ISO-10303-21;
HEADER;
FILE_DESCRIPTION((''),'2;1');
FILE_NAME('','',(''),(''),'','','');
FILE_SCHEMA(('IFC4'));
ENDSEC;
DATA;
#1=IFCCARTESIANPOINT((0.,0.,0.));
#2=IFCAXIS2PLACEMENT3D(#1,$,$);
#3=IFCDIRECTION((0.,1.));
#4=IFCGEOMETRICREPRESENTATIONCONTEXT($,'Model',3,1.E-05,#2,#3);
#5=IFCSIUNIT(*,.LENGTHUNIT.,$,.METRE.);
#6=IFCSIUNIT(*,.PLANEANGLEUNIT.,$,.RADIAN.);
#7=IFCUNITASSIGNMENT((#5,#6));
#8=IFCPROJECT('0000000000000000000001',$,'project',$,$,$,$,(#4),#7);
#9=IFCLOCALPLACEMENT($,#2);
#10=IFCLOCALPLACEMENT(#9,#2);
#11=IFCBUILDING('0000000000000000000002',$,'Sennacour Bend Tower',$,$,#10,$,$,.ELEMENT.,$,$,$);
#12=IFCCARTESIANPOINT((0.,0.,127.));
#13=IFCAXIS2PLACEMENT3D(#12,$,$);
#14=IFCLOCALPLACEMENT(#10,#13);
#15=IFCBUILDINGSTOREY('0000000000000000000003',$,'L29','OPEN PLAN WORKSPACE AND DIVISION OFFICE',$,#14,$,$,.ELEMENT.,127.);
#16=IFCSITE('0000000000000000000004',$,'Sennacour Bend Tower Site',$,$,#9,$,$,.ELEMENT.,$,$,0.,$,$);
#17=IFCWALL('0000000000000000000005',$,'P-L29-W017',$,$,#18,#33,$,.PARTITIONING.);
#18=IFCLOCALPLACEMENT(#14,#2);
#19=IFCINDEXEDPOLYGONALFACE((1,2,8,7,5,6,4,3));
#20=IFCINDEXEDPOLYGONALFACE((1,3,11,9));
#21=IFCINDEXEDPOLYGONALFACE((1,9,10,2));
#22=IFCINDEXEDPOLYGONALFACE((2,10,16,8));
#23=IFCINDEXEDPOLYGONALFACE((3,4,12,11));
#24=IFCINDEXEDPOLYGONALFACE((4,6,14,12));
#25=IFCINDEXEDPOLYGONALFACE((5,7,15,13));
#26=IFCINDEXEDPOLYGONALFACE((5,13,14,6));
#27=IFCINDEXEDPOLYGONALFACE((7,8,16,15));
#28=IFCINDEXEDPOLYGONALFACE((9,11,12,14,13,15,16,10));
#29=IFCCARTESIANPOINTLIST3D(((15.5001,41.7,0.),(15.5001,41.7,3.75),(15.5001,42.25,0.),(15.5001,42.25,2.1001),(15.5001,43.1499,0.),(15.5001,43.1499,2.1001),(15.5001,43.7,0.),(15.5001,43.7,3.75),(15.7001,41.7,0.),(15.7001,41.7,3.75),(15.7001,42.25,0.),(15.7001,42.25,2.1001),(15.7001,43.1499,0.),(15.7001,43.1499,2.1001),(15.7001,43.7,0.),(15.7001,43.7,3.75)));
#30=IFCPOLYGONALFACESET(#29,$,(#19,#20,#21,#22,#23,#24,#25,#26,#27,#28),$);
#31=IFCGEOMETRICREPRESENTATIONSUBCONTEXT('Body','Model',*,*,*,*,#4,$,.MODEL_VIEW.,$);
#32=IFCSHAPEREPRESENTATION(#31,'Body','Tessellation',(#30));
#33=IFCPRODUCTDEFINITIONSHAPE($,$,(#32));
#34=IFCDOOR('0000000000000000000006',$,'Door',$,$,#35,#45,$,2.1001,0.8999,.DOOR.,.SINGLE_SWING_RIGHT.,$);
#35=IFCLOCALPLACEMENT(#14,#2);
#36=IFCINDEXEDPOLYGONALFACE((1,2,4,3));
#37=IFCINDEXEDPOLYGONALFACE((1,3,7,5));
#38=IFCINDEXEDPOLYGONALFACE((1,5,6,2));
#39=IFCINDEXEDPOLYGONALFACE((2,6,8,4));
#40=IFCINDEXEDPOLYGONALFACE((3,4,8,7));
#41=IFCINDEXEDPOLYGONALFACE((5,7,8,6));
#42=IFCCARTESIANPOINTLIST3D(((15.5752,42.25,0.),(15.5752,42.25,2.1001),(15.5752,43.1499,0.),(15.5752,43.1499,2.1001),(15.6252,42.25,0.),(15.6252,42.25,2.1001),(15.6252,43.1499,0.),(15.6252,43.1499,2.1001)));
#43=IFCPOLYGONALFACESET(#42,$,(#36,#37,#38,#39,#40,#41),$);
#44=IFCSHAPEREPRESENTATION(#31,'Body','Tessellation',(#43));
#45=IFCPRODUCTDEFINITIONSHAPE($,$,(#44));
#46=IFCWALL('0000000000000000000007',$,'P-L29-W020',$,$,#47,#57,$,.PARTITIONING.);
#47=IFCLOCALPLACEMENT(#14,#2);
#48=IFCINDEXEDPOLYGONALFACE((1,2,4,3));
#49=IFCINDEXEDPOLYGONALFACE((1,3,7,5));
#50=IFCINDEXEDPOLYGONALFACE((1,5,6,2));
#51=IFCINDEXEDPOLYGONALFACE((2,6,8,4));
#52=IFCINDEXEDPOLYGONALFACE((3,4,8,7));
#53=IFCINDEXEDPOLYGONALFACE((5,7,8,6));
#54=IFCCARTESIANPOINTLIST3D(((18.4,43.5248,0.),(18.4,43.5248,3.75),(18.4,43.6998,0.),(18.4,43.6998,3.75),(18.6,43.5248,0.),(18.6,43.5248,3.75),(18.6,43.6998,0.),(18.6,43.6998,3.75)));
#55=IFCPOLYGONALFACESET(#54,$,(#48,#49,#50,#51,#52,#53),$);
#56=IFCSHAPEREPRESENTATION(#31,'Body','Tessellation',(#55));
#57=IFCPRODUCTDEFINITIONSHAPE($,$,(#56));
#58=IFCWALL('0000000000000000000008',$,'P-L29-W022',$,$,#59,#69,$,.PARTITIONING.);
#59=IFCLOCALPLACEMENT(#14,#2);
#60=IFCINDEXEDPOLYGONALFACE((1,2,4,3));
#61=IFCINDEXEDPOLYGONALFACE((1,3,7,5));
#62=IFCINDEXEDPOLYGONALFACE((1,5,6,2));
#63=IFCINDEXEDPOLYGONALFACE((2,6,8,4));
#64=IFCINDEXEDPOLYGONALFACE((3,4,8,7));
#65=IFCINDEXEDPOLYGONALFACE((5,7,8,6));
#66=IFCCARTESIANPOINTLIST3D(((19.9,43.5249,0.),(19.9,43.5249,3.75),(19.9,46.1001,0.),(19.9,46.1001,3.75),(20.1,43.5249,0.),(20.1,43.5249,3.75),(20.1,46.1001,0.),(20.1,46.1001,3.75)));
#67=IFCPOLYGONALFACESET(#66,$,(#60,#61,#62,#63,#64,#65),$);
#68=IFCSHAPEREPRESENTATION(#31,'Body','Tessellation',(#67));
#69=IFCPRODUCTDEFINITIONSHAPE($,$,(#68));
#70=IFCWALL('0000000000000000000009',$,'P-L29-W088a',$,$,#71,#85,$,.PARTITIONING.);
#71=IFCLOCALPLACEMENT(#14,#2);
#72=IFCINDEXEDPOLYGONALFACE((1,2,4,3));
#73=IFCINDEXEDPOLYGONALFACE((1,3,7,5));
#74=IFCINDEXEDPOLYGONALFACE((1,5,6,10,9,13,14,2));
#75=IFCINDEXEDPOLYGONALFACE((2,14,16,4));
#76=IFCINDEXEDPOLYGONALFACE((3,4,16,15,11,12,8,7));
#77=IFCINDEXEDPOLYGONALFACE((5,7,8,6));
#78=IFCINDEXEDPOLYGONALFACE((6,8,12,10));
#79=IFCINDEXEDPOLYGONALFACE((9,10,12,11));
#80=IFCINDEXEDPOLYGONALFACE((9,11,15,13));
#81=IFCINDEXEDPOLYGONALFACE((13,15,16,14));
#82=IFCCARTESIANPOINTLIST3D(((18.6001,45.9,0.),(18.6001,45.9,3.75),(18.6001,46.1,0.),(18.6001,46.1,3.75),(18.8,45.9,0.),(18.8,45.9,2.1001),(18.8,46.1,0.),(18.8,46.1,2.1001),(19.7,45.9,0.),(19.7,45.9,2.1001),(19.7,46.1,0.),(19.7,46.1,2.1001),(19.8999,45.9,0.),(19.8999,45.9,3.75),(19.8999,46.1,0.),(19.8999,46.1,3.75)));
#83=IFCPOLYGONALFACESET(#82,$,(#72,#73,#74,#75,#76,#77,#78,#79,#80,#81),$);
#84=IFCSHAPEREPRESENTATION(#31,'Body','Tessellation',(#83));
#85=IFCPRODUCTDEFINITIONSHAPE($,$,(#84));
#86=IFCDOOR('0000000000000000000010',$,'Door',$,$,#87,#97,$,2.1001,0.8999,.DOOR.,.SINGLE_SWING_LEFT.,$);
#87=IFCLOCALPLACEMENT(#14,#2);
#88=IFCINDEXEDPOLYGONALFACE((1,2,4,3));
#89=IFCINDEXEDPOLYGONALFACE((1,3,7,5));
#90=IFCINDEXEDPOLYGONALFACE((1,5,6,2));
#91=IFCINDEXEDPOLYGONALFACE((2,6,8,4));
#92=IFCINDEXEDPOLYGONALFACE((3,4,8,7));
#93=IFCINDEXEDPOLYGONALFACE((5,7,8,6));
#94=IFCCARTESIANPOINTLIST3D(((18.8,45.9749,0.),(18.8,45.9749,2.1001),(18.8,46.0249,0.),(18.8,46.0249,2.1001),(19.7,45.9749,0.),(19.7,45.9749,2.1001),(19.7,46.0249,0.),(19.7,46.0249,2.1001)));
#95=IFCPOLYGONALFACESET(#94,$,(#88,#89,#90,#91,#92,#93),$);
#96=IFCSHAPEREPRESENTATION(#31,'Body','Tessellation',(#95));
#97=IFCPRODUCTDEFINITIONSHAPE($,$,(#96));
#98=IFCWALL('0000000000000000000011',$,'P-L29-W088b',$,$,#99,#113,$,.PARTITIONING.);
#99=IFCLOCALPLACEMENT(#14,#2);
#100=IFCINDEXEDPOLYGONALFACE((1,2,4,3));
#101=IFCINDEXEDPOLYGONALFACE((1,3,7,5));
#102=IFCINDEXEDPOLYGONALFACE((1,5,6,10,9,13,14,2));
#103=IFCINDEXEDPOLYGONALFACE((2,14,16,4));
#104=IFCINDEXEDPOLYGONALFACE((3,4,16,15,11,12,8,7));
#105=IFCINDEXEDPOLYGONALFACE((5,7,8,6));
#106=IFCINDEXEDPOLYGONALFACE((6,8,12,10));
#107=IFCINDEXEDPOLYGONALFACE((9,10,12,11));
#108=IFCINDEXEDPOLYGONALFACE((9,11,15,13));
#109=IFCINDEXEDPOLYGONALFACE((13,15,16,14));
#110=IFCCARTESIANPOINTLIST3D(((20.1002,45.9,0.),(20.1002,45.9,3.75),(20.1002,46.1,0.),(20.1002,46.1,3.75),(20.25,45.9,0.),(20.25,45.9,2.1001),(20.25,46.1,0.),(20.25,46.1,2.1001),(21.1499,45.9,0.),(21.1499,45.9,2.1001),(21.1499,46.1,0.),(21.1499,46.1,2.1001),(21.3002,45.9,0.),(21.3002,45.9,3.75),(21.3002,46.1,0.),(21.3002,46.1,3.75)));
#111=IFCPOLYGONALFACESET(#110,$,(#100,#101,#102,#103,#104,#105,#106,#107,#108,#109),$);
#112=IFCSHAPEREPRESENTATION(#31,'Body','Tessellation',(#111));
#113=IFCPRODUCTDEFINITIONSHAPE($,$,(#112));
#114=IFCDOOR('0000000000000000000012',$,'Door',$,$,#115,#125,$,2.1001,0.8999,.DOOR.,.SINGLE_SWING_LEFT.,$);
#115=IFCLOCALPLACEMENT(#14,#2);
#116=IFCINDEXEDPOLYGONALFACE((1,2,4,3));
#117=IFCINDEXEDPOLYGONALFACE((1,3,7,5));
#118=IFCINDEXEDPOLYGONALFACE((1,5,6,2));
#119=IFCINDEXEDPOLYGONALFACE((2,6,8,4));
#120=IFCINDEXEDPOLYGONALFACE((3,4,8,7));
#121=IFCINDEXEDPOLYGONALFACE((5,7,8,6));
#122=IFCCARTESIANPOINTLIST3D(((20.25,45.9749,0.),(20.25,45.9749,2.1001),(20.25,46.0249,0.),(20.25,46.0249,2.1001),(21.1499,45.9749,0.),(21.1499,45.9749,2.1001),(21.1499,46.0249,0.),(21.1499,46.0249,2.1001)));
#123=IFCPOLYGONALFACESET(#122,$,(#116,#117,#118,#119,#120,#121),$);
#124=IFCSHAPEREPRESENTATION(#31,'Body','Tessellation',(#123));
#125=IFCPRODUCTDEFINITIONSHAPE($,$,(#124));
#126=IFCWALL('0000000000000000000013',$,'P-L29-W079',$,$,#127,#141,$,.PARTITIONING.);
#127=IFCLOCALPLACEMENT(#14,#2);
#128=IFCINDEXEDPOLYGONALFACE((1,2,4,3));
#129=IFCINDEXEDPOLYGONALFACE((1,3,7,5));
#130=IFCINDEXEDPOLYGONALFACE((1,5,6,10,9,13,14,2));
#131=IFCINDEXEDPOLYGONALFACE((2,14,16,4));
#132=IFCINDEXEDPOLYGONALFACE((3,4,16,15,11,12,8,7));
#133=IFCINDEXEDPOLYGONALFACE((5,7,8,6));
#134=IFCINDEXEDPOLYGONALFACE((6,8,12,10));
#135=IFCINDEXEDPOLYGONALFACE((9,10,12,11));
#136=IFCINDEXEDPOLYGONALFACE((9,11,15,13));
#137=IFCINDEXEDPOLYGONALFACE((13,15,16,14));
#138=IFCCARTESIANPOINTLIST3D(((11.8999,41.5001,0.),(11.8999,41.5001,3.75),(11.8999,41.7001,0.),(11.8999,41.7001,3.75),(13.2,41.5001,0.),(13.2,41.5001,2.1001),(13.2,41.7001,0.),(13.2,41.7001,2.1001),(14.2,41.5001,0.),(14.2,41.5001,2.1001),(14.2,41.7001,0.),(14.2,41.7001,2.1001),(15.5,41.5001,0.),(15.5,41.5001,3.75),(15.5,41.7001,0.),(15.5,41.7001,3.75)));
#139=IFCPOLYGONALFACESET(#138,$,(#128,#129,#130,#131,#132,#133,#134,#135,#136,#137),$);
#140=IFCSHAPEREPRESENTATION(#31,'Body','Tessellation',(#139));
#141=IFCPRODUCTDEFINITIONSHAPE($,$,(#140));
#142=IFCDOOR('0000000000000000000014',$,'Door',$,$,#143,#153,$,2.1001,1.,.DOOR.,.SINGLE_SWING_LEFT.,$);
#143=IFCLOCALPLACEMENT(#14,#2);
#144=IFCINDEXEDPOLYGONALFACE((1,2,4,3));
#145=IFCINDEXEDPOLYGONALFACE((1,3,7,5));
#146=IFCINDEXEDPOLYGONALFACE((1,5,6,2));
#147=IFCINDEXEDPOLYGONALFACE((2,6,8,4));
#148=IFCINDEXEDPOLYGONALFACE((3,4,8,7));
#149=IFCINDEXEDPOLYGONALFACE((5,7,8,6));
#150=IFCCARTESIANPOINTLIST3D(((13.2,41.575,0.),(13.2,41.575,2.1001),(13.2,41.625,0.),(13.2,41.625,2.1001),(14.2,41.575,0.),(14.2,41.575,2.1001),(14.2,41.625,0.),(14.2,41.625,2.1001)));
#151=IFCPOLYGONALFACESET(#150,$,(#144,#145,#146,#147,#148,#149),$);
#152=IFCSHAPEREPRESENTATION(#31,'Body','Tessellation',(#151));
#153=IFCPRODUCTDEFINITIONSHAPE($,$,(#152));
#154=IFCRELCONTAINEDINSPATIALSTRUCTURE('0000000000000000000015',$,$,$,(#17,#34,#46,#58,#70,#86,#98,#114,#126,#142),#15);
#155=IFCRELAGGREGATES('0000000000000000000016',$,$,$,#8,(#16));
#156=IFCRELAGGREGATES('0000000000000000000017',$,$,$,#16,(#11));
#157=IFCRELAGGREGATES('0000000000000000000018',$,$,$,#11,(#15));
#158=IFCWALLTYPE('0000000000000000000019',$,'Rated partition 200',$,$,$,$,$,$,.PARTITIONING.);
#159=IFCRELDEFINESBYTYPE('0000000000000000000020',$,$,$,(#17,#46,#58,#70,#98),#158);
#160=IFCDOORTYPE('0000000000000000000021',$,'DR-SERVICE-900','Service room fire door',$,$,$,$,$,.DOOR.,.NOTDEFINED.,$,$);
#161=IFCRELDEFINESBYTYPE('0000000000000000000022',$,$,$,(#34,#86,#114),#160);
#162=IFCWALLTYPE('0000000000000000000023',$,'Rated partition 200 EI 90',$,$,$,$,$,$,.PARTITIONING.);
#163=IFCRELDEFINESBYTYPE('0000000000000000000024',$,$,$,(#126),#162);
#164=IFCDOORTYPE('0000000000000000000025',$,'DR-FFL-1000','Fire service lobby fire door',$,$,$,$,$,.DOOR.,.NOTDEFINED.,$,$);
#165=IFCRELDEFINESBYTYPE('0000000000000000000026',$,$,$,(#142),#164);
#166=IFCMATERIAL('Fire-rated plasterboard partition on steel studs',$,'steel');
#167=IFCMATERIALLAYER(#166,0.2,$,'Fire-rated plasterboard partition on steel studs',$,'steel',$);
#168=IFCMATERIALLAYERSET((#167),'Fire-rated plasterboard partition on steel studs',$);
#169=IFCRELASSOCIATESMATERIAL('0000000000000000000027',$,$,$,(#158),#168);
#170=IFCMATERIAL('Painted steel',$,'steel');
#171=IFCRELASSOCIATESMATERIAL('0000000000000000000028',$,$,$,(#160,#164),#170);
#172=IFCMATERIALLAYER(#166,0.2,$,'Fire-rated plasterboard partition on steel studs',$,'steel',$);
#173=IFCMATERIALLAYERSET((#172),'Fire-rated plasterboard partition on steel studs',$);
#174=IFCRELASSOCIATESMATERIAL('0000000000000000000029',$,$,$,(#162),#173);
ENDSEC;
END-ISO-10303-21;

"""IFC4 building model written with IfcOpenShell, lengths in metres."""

from ifc_helpers import new_model, si_unit, direction, frame, frame_2d, origin, place, context, subcontext, project, spatial, rectangle, extrude, material, layer, layer_set, type_object, element, fill, save


model = new_model("IFC4")

# Units and contexts
model_context = context("Model", 3, precision=1e-05, world=origin(), true_north=direction((0.0, 1.0)))
body_context = subcontext(model_context, "Body", "Model", "MODEL_VIEW")
ifc_project = project(units=[si_unit("LENGTHUNIT", "METRE"), si_unit("PLANEANGLEUNIT", "RADIAN")], contexts=[model_context])

# Site, building, storey
site_placement = place(None, origin())
site = spatial("IfcSite", under=ifc_project, at=site_placement, Name="Sennacour Bend Tower Site", CompositionType="ELEMENT", RefElevation=0.0)
building_placement = place(site_placement, origin())
building = spatial("IfcBuilding", under=site, at=building_placement, Name="Sennacour Bend Tower", CompositionType="ELEMENT")
storey_placement = place(building_placement, frame((0.0, 0.0, 127.0)))
storey = spatial("IfcBuildingStorey", under=building, at=storey_placement, Name="L29", Description="OPEN PLAN WORKSPACE AND DIVISION OFFICE", CompositionType="ELEMENT", Elevation=127.0)

# Wall, opening, door
ifc_material_1 = material(Name="Fire-rated plasterboard partition on steel studs", Category="steel")
ifc_layer_1 = layer(ifc_material_1, 0.2, Name="Fire-rated plasterboard partition on steel studs", Category="steel")
ifc_layer_set_1 = layer_set([ifc_layer_1], Name="Fire-rated plasterboard partition on steel studs")
wall_type_1 = type_object("IfcWallType", Name="Rated partition 200", PredefinedType="PARTITIONING", material=ifc_layer_set_1)
wall_1_placement = place(storey_placement, frame((15.6001, 41.7, 0.0), z_axis=(0.0, 0.0, 1.0), x_axis=(0.0, 1.0, 0.0)))
wall_1 = element("IfcWall", 1, at=wall_1_placement, inside=storey, type_object=wall_type_1, Name="P-L29-W017", PredefinedType="PARTITIONING", context=body_context, shape_type="SweptSolid", body=[
    extrude(rectangle(XDim=2.0, YDim=0.2, at=frame_2d((1.0, 0.0))), origin(), (0.0, 0.0, 1.0), 3.75),
])
opening_1_placement = place(wall_1_placement, frame((0.55, 0.0, 0.0)))
opening_1 = element("IfcOpeningElement", 2, at=opening_1_placement, cuts=wall_1, PredefinedType="OPENING", context=body_context, shape_type="SweptSolid", body=[
    extrude(rectangle(XDim=0.8999, YDim=2.1001, at=frame_2d((0.45, 1.05))), frame((0.0, 0.1099, 0.0), z_axis=(0.0, -1.0, 0.0), x_axis=(1.0, 0.0, 0.0)), (0.0, 0.0, 1.0), 0.22),
])
ifc_material_2 = material(Name="Painted steel", Category="steel")
door_type_1 = type_object("IfcDoorType", Name="DR-SERVICE-900", Description="Service room fire door", OperationType="NOTDEFINED", PredefinedType="DOOR", material=ifc_material_2)
door_1_placement = place(opening_1_placement, origin())
door_1 = element("IfcDoor", 3, at=door_1_placement, inside=storey, type_object=door_type_1, Name="Door", OperationType="SINGLE_SWING_RIGHT", OverallHeight=2.1001, OverallWidth=0.8999, PredefinedType="DOOR", context=body_context, shape_type="SweptSolid", body=[
    extrude(rectangle(XDim=0.8999, YDim=2.1001, at=frame_2d((0.45, 1.05))), frame((0.0, 0.0249, 0.0), z_axis=(0.0, -1.0, 0.0), x_axis=(1.0, 0.0, 0.0)), (0.0, 0.0, 1.0), 0.05),
])
fill(opening_1, door_1)

# Walls
wall_2_placement = place(storey_placement, frame((18.5, 43.5249, 0.0), z_axis=(0.0, 0.0, 1.0), x_axis=(0.0, 1.0, 0.0)))
element("IfcWall", 4, at=wall_2_placement, inside=storey, type_object=wall_type_1, Name="P-L29-W020", PredefinedType="PARTITIONING", context=body_context, shape_type="SweptSolid", body=[
    extrude(rectangle(XDim=0.175, YDim=0.2, at=frame_2d((0.0874, 0.0))), origin(), (0.0, 0.0, 1.0), 3.75),
])
wall_3_placement = place(storey_placement, frame((20.0, 43.5249, 0.0), z_axis=(0.0, 0.0, 1.0), x_axis=(0.0, 1.0, 0.0)))
element("IfcWall", 5, at=wall_3_placement, inside=storey, type_object=wall_type_1, Name="P-L29-W022", PredefinedType="PARTITIONING", context=body_context, shape_type="SweptSolid", body=[
    extrude(rectangle(XDim=2.5752, YDim=0.2, at=frame_2d((1.2876, 0.0))), origin(), (0.0, 0.0, 1.0), 3.75),
])

# Walls, openings, doors
wall_4_placement = place(storey_placement, frame((18.6001, 46.0, 0.0), z_axis=(0.0, 0.0, 1.0), x_axis=(1.0, 0.0, 0.0)))
wall_4 = element("IfcWall", 6, at=wall_4_placement, inside=storey, type_object=wall_type_1, Name="P-L29-W088a", PredefinedType="PARTITIONING", context=body_context, shape_type="SweptSolid", body=[
    extrude(rectangle(XDim=1.2998, YDim=0.2, at=frame_2d((0.6499, 0.0))), origin(), (0.0, 0.0, 1.0), 3.75),
])
opening_2_placement = place(wall_4_placement, frame((0.2, 0.0, 0.0)))
opening_2 = element("IfcOpeningElement", 7, at=opening_2_placement, cuts=wall_4, PredefinedType="OPENING", context=body_context, shape_type="SweptSolid", body=[
    extrude(rectangle(XDim=0.8999, YDim=2.1001, at=frame_2d((0.45, 1.05))), frame((0.0, 0.1099, 0.0), z_axis=(0.0, -1.0, 0.0), x_axis=(1.0, 0.0, 0.0)), (0.0, 0.0, 1.0), 0.22),
])
door_2_placement = place(opening_2_placement, origin())
door_2 = element("IfcDoor", 8, at=door_2_placement, inside=storey, type_object=door_type_1, Name="Door", OperationType="SINGLE_SWING_LEFT", OverallHeight=2.1001, OverallWidth=0.8999, PredefinedType="DOOR", context=body_context, shape_type="SweptSolid", body=[
    extrude(rectangle(XDim=0.8999, YDim=2.1001, at=frame_2d((0.45, 1.05))), frame((0.0, 0.0249, 0.0), z_axis=(0.0, -1.0, 0.0), x_axis=(1.0, 0.0, 0.0)), (0.0, 0.0, 1.0), 0.05),
])
fill(opening_2, door_2)
wall_5_placement = place(storey_placement, frame((20.1001, 46.0, 0.0), z_axis=(0.0, 0.0, 1.0), x_axis=(1.0, 0.0, 0.0)))
wall_5 = element("IfcWall", 9, at=wall_5_placement, inside=storey, type_object=wall_type_1, Name="P-L29-W088b", PredefinedType="PARTITIONING", context=body_context, shape_type="SweptSolid", body=[
    extrude(rectangle(XDim=1.2, YDim=0.2, at=frame_2d((0.6001, 0.0))), origin(), (0.0, 0.0, 1.0), 3.75),
])
opening_3_placement = place(wall_5_placement, frame((0.1499, 0.0, 0.0)))
opening_3 = element("IfcOpeningElement", 10, at=opening_3_placement, cuts=wall_5, PredefinedType="OPENING", context=body_context, shape_type="SweptSolid", body=[
    extrude(rectangle(XDim=0.8999, YDim=2.1001, at=frame_2d((0.45, 1.05))), frame((0.0, 0.1099, 0.0), z_axis=(0.0, -1.0, 0.0), x_axis=(1.0, 0.0, 0.0)), (0.0, 0.0, 1.0), 0.22),
])
door_3_placement = place(opening_3_placement, origin())
door_3 = element("IfcDoor", 11, at=door_3_placement, inside=storey, type_object=door_type_1, Name="Door", OperationType="SINGLE_SWING_LEFT", OverallHeight=2.1001, OverallWidth=0.8999, PredefinedType="DOOR", context=body_context, shape_type="SweptSolid", body=[
    extrude(rectangle(XDim=0.8999, YDim=2.1001, at=frame_2d((0.45, 1.05))), frame((0.0, 0.0249, 0.0), z_axis=(0.0, -1.0, 0.0), x_axis=(1.0, 0.0, 0.0)), (0.0, 0.0, 1.0), 0.05),
])
fill(opening_3, door_3)
ifc_layer_2 = layer(ifc_material_1, 0.2, Name="Fire-rated plasterboard partition on steel studs", Category="steel")
ifc_layer_set_2 = layer_set([ifc_layer_2], Name="Fire-rated plasterboard partition on steel studs")
wall_type_2 = type_object("IfcWallType", Name="Rated partition 200 EI 90", PredefinedType="PARTITIONING", material=ifc_layer_set_2)
wall_6_placement = place(storey_placement, frame((11.8999, 41.6001, 0.0), z_axis=(0.0, 0.0, 1.0), x_axis=(1.0, 0.0, 0.0)))
wall_6 = element("IfcWall", 12, at=wall_6_placement, inside=storey, type_object=wall_type_2, Name="P-L29-W079", PredefinedType="PARTITIONING", context=body_context, shape_type="SweptSolid", body=[
    extrude(rectangle(XDim=3.6001, YDim=0.2, at=frame_2d((1.8, 0.0))), origin(), (0.0, 0.0, 1.0), 3.75),
])
opening_4_placement = place(wall_6_placement, frame((1.3, 0.0, 0.0)))
opening_4 = element("IfcOpeningElement", 13, at=opening_4_placement, cuts=wall_6, PredefinedType="OPENING", context=body_context, shape_type="SweptSolid", body=[
    extrude(rectangle(XDim=1.0, YDim=2.1001, at=frame_2d((0.5, 1.05))), frame((0.0, 0.1099, 0.0), z_axis=(0.0, -1.0, 0.0), x_axis=(1.0, 0.0, 0.0)), (0.0, 0.0, 1.0), 0.22),
])
door_type_2 = type_object("IfcDoorType", Name="DR-FFL-1000", Description="Fire service lobby fire door", OperationType="NOTDEFINED", PredefinedType="DOOR", material=ifc_material_2)
door_4_placement = place(opening_4_placement, origin())
door_4 = element("IfcDoor", 14, at=door_4_placement, inside=storey, type_object=door_type_2, Name="Door", OperationType="SINGLE_SWING_LEFT", OverallHeight=2.1001, OverallWidth=1.0, PredefinedType="DOOR", context=body_context, shape_type="SweptSolid", body=[
    extrude(rectangle(XDim=1.0, YDim=2.1001, at=frame_2d((0.5, 1.05))), frame((0.0, 0.0249, 0.0), z_axis=(0.0, -1.0, 0.0), x_axis=(1.0, 0.0, 0.0)), (0.0, 0.0, 1.0), 0.05),
])
fill(opening_4, door_4)

save(model, "model.ifc")
